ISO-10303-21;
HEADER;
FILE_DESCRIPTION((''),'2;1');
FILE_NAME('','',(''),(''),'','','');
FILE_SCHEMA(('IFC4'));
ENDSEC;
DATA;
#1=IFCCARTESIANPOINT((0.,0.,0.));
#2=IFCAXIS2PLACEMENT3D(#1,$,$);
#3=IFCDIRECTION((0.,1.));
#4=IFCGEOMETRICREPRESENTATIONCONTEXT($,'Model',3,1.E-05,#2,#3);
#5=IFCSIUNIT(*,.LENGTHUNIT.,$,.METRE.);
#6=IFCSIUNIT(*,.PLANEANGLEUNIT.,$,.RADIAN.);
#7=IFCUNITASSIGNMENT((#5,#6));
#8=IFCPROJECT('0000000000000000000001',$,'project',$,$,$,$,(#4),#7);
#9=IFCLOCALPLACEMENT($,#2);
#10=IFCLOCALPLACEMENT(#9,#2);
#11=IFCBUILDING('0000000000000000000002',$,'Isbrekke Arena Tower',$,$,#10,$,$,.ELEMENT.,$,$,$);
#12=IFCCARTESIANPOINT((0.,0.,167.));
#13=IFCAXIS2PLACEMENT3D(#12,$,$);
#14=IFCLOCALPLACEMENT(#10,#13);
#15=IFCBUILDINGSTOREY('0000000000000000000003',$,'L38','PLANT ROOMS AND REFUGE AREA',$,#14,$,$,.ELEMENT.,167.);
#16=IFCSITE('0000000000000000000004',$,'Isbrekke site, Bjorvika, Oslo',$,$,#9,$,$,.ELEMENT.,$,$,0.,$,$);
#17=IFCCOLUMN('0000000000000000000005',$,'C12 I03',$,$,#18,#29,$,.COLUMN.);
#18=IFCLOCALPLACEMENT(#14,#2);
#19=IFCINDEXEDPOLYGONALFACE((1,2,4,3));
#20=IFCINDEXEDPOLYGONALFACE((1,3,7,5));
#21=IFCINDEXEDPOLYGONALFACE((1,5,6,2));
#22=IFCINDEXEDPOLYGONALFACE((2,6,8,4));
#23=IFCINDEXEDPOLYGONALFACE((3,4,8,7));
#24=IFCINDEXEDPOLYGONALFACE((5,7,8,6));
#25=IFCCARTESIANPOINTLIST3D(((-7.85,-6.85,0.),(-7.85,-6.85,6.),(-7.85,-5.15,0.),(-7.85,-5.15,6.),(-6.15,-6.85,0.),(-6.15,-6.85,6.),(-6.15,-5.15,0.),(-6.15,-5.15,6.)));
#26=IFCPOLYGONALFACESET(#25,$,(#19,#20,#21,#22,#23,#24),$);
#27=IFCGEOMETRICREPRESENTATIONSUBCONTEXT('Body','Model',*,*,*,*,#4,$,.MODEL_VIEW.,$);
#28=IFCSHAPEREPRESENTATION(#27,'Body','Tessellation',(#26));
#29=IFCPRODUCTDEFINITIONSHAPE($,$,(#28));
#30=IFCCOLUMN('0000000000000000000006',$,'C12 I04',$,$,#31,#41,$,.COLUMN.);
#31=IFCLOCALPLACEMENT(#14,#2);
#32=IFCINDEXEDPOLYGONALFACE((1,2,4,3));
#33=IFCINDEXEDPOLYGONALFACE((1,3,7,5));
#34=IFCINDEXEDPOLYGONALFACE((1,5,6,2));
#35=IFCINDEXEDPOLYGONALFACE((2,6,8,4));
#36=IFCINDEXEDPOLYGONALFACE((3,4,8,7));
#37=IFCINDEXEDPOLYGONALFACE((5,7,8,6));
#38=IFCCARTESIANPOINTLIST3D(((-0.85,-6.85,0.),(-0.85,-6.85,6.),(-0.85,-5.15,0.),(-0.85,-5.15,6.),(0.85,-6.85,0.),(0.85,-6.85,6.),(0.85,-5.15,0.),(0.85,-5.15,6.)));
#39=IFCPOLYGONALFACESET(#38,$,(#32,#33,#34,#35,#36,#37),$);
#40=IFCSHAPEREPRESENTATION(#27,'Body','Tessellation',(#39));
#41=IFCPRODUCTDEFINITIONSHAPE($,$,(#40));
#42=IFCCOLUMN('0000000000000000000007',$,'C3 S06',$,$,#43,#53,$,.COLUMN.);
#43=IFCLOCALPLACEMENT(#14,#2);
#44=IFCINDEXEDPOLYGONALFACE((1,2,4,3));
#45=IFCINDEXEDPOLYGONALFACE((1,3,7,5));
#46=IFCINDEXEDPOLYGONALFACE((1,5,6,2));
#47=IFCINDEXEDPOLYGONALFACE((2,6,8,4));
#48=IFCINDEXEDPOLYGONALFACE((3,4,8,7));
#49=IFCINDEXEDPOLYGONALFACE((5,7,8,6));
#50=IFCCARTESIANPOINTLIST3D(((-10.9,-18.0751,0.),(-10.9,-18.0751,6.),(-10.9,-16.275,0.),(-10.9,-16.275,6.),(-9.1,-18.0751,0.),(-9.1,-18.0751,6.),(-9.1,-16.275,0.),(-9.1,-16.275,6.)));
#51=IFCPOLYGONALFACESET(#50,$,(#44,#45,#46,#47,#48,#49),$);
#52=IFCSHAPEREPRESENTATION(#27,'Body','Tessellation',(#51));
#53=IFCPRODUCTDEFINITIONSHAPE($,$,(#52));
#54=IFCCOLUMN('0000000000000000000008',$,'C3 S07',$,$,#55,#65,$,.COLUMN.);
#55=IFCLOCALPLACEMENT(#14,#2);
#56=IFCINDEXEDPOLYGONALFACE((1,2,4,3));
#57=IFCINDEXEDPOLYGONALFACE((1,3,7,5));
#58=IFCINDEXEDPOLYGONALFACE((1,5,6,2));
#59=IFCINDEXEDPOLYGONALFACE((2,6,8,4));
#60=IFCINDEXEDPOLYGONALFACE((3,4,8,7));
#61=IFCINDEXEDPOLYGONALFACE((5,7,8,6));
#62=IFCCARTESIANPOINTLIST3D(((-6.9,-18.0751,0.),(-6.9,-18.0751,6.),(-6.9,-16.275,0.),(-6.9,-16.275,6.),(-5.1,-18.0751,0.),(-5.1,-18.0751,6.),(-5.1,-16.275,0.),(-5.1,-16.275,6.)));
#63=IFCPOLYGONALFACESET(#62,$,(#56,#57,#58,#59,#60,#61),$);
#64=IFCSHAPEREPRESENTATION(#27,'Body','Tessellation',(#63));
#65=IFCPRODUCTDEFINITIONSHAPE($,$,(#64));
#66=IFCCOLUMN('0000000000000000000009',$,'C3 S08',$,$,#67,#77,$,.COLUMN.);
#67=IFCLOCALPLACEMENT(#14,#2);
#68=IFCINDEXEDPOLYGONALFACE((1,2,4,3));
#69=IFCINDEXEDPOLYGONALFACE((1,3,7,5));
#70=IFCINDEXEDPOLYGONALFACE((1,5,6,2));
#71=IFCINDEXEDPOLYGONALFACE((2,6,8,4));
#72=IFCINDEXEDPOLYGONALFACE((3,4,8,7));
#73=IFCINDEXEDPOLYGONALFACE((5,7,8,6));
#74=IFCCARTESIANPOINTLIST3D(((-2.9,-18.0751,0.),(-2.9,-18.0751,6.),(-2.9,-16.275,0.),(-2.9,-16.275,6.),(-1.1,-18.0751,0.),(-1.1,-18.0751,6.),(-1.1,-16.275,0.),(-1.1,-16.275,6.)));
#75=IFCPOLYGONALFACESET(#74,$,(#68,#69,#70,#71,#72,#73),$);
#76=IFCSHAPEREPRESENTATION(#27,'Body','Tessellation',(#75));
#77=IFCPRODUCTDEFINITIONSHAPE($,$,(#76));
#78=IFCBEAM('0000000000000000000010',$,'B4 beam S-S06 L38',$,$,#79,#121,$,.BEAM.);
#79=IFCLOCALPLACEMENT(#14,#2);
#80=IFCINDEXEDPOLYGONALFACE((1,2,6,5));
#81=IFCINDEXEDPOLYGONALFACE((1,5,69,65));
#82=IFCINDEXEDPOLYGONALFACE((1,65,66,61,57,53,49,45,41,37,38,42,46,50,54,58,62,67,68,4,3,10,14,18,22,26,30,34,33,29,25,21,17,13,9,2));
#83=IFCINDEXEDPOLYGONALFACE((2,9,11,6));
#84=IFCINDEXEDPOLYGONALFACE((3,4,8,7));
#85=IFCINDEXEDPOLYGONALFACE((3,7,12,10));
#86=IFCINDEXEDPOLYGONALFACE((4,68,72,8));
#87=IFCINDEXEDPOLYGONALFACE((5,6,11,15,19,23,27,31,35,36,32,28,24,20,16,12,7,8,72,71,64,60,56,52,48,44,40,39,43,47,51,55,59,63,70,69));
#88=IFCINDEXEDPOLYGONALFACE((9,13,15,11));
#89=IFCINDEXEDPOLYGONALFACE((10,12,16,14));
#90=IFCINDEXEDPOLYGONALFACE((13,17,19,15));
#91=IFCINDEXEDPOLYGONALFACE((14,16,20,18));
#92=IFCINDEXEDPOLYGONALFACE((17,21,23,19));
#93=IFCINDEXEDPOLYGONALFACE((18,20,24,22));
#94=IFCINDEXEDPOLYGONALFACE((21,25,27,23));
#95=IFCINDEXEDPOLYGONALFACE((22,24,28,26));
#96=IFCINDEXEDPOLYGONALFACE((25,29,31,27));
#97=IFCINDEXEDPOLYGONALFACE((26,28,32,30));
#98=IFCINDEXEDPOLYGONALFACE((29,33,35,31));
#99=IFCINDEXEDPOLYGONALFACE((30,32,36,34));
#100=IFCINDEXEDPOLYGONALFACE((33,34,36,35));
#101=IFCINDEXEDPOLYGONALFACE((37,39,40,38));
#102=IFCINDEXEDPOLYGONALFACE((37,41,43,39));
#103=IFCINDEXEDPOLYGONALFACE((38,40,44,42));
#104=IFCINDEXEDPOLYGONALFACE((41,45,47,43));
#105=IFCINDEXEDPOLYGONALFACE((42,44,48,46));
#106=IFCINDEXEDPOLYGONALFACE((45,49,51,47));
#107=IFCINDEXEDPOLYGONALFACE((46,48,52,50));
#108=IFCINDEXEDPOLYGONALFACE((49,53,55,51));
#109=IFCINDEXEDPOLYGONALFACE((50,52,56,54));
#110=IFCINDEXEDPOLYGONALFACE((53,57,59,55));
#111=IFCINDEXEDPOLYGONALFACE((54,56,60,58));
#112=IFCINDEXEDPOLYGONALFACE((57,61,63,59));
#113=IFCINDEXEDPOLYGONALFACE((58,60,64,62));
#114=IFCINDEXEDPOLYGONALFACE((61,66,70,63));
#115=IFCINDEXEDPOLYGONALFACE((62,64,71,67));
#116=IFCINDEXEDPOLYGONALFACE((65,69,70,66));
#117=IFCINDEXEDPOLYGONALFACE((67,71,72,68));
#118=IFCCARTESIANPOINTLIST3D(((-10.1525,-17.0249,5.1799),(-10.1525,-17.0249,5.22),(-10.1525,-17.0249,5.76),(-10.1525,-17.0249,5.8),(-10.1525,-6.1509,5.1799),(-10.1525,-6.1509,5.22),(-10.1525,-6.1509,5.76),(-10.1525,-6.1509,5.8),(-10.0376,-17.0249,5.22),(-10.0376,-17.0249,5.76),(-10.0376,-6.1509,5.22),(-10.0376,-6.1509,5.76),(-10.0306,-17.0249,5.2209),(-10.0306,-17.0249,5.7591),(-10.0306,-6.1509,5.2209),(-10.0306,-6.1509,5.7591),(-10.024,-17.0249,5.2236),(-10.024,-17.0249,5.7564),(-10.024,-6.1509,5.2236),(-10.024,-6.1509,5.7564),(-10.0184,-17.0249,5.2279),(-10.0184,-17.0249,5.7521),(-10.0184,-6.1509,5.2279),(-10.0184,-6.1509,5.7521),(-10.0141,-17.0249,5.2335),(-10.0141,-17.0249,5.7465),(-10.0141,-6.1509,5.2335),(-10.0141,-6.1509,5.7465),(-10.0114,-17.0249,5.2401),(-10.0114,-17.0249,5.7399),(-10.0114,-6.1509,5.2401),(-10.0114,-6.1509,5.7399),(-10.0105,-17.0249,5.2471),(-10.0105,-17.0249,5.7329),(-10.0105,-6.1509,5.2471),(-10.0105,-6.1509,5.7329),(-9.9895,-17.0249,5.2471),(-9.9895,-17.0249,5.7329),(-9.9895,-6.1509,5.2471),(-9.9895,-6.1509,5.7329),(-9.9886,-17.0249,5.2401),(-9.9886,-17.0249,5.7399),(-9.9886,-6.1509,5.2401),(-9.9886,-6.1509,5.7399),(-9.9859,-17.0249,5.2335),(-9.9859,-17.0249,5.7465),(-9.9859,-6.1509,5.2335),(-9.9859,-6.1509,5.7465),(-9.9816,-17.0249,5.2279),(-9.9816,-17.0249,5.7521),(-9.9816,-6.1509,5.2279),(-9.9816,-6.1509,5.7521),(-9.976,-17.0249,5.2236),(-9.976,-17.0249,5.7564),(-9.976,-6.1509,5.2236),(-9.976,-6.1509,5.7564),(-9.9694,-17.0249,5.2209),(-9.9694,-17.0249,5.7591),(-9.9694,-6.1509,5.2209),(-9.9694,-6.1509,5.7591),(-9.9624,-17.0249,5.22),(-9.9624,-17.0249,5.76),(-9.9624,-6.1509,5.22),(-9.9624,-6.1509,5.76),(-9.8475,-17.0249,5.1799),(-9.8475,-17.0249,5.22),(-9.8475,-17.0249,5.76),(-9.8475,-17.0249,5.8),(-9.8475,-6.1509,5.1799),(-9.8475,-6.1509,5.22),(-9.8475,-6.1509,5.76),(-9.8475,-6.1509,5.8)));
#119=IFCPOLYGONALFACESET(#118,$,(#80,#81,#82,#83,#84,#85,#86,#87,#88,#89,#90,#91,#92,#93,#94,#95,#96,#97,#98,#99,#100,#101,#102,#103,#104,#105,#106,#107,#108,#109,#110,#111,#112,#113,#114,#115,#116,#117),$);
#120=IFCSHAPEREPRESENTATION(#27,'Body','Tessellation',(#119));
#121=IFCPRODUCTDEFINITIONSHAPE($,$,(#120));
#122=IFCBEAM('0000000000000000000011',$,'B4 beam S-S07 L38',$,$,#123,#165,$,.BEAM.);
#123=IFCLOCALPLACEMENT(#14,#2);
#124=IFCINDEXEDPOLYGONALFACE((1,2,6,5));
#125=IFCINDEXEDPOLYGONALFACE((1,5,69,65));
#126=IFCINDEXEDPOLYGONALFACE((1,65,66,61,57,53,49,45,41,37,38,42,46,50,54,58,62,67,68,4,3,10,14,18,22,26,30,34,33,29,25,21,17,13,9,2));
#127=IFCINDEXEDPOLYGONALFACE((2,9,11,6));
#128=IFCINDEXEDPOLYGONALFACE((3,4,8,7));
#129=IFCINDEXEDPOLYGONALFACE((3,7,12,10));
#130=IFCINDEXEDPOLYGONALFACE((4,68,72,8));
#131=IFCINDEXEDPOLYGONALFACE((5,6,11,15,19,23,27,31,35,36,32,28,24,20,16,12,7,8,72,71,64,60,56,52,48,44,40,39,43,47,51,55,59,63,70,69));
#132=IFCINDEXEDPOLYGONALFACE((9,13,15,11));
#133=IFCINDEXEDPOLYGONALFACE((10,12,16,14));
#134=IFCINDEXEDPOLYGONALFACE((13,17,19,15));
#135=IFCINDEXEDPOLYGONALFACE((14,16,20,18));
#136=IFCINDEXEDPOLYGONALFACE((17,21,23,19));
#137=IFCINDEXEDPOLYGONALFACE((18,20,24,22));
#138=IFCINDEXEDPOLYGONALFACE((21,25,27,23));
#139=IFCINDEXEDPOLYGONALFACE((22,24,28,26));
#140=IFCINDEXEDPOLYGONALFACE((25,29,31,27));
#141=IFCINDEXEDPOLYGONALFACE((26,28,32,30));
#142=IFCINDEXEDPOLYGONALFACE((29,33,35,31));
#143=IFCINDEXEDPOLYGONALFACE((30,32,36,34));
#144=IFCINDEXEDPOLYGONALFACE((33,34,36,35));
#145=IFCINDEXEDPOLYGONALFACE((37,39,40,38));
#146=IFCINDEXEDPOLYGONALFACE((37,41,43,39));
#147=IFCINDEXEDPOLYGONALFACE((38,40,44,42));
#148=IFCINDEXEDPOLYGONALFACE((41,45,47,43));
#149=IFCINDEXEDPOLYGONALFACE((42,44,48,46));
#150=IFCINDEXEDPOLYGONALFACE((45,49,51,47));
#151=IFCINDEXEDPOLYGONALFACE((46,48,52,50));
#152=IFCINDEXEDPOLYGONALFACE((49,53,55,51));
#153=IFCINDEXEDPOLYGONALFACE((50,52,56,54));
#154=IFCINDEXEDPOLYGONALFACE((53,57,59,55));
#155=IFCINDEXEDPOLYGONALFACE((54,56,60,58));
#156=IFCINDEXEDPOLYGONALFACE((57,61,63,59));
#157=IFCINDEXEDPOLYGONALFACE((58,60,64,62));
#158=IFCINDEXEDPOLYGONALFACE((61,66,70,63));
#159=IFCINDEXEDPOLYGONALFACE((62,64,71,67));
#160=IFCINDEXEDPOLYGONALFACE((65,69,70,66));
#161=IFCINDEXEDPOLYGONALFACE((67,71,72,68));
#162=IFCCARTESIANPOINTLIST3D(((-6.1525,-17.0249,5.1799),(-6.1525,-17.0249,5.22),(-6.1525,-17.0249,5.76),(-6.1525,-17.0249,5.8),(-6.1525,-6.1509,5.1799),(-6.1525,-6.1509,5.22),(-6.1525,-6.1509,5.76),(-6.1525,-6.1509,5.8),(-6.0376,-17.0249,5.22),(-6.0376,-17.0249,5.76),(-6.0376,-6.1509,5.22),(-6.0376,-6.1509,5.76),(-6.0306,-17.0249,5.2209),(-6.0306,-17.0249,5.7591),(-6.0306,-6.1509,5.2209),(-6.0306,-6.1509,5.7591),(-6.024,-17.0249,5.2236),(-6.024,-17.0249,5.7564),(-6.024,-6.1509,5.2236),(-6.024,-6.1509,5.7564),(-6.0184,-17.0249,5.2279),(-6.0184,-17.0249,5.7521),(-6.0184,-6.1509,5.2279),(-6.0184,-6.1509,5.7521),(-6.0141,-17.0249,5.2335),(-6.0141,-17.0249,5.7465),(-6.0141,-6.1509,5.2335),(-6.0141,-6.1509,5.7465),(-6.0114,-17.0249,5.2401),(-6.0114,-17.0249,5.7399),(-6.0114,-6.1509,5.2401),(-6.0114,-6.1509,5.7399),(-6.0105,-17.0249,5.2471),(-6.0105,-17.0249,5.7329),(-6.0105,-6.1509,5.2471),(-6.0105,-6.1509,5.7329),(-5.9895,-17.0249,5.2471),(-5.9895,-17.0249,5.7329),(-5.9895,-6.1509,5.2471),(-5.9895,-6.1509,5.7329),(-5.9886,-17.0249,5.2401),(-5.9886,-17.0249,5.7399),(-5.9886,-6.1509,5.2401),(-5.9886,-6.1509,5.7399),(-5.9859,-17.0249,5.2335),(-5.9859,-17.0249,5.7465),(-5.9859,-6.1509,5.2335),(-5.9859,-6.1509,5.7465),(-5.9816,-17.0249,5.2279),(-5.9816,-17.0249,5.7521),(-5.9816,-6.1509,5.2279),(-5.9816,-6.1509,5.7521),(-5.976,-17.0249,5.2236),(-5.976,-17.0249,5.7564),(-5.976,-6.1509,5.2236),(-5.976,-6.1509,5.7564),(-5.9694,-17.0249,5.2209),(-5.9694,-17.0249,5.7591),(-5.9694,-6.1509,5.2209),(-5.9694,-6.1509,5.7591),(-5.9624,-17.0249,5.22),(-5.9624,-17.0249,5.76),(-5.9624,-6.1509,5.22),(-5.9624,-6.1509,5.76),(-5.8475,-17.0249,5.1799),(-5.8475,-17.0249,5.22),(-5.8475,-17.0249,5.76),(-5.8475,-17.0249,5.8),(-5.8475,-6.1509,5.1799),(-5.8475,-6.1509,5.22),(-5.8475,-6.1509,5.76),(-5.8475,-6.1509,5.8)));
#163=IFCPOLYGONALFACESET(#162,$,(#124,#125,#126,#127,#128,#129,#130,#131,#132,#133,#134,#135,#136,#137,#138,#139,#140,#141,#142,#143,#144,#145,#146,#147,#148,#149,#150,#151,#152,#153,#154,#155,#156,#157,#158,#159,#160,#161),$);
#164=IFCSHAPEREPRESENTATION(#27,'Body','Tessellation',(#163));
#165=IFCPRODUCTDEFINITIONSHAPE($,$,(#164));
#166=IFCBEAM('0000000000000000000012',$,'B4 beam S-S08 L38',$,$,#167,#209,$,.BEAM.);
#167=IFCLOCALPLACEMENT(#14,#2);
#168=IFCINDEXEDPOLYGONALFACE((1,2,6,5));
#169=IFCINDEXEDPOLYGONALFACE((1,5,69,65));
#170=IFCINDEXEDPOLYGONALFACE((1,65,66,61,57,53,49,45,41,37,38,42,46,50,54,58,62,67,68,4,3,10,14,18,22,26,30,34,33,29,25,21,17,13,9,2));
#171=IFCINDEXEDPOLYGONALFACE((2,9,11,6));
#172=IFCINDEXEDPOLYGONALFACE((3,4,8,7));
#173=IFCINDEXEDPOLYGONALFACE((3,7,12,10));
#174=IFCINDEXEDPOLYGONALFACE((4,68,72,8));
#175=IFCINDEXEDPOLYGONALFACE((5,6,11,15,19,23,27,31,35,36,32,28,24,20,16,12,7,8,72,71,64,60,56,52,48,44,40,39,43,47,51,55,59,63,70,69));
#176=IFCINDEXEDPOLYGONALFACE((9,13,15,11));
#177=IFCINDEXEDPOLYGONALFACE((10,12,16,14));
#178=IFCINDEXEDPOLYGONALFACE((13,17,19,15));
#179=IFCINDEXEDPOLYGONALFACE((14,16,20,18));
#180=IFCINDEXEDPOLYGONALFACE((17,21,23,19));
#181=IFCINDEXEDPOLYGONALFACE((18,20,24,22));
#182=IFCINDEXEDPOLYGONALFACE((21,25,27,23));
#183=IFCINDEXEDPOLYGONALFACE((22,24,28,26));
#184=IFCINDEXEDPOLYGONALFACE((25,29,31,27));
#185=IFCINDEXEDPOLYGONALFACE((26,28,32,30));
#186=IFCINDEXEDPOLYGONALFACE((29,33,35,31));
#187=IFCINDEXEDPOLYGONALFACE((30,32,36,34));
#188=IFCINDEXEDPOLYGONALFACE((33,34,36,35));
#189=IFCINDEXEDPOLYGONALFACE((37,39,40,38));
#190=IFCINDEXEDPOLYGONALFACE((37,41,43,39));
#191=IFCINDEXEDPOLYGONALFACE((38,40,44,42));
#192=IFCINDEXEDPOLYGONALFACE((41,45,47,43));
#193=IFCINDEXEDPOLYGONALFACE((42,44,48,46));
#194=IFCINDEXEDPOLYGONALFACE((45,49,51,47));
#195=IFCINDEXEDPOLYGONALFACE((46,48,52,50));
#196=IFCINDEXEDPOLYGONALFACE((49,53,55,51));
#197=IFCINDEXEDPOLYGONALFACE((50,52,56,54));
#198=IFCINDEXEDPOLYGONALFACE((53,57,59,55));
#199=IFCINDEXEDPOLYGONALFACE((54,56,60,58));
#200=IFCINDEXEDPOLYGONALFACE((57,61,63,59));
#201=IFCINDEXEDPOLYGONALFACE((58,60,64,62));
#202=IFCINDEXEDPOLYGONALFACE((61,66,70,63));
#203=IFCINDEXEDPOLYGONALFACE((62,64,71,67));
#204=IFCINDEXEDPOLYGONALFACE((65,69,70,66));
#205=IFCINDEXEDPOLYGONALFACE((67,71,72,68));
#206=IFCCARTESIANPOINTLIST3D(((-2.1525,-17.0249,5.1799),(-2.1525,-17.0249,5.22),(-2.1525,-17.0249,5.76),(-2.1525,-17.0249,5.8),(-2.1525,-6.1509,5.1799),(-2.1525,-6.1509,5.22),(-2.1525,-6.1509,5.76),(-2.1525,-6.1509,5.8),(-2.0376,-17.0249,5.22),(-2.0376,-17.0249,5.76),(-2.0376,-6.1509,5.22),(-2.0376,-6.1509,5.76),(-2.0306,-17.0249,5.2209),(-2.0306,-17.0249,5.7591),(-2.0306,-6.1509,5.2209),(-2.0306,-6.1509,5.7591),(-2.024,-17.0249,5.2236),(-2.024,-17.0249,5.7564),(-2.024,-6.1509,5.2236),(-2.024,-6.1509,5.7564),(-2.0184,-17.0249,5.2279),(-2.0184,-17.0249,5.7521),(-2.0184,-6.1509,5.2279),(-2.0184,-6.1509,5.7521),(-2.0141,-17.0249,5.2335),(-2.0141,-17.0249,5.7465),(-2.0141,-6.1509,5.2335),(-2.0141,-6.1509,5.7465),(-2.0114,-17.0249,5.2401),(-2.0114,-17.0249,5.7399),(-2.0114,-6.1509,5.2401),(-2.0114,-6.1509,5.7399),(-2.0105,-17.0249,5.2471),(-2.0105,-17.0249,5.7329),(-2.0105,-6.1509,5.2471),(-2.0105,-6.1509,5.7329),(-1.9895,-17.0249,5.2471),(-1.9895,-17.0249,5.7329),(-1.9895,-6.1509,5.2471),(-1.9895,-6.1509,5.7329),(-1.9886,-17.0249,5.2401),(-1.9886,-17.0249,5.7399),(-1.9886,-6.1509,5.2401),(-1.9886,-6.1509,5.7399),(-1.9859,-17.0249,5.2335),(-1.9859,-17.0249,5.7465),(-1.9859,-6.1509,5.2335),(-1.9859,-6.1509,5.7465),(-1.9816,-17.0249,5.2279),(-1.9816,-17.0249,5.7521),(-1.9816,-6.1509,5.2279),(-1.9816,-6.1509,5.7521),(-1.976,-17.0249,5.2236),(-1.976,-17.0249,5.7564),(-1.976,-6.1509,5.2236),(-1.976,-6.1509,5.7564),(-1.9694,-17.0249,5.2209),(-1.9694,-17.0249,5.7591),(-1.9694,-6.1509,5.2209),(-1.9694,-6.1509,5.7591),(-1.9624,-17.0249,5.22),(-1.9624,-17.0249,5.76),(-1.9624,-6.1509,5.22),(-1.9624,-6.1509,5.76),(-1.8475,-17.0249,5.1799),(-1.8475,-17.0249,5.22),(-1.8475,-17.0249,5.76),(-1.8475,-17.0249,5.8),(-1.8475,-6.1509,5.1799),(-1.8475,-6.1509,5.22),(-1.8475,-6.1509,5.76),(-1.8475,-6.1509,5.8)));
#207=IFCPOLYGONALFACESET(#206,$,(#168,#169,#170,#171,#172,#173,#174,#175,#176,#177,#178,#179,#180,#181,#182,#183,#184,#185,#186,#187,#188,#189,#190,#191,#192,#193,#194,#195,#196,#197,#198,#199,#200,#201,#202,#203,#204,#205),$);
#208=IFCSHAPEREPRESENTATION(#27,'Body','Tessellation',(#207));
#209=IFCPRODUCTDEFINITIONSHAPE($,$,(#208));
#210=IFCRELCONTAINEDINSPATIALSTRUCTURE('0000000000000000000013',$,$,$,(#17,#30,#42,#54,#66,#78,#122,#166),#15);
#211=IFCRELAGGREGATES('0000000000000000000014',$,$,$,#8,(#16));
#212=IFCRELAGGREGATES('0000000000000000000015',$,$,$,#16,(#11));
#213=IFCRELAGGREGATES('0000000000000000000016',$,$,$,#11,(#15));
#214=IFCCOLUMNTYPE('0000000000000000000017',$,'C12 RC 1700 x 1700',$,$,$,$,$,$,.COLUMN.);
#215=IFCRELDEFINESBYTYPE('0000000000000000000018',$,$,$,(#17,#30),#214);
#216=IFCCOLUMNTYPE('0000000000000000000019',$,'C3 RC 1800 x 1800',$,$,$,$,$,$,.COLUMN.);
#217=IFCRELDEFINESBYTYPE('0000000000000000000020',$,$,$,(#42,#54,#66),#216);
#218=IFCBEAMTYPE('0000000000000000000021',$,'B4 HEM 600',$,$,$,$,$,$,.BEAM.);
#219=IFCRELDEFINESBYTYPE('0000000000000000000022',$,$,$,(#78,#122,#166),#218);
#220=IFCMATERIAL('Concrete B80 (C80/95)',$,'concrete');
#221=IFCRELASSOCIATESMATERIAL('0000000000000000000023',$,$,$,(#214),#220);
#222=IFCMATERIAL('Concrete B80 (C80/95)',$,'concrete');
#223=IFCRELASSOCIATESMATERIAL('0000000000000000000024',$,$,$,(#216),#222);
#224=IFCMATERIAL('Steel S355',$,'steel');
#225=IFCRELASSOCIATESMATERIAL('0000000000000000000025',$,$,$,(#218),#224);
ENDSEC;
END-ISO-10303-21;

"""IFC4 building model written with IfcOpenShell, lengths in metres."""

from ifc_helpers import new_model, si_unit, direction, frame, origin, origin_2d, place, context, subcontext, project, spatial, rectangle, i_section, extrude, material, material_profile, profile_set, type_object, element, save


model = new_model("IFC4")

# Units and contexts
model_context = context("Model", 3, precision=1e-05, world=origin(), true_north=direction((0.0, 1.0)))
body_context = subcontext(model_context, "Body", "Model", "MODEL_VIEW")
ifc_project = project(units=[si_unit("LENGTHUNIT", "METRE"), si_unit("PLANEANGLEUNIT", "RADIAN")], contexts=[model_context])

# Site, building, storey
site_placement = place(None, origin())
site = spatial("IfcSite", under=ifc_project, at=site_placement, Name="Isbrekke site, Bjorvika, Oslo", CompositionType="ELEMENT", RefElevation=0.0)
building_placement = place(site_placement, origin())
building = spatial("IfcBuilding", under=site, at=building_placement, Name="Isbrekke Arena Tower", CompositionType="ELEMENT")
storey_placement = place(building_placement, frame((0.0, 0.0, 167.0)))
storey = spatial("IfcBuildingStorey", under=building, at=storey_placement, Name="L38", Description="PLANT ROOMS AND REFUGE AREA", CompositionType="ELEMENT", Elevation=167.0)

# Columns
ifc_material_1 = material(Name="Concrete B80 (C80/95)", Category="concrete")
ifc_material_profile_1 = material_profile(ifc_material_1, rectangle(XDim=1.7, YDim=1.7, at=origin_2d()), Name="RC 1700x1700")
ifc_profile_set_1 = profile_set([ifc_material_profile_1], Name="Concrete B80 (C80/95)")
column_type_1 = type_object("IfcColumnType", Name="C12 RC 1700 x 1700", PredefinedType="COLUMN", material=ifc_profile_set_1)
for number, where, z_axis, x_axis, name in (
    (1, (-7.0, -6.0, 0.0), (0.0, 0.0, 1.0), (1.0, 0.0, 0.0), "C12 I03"),
    (2, (0.0, -6.0, 0.0), (0.0, 0.0, 1.0), (1.0, 0.0, 0.0), "C12 I04"),
):
    element("IfcColumn", number, at=place(storey_placement, frame(where, z_axis=z_axis, x_axis=x_axis)), inside=storey, type_object=column_type_1, Name=name, PredefinedType="COLUMN", context=body_context, shape_type="SweptSolid", body=[
        extrude(rectangle(XDim=1.7, YDim=1.7, at=origin_2d()), origin(), (0.0, 0.0, 1.0), 6.0),
    ])
ifc_material_2 = material(Name="Concrete B80 (C80/95)", Category="concrete")
ifc_material_profile_2 = material_profile(ifc_material_2, rectangle(XDim=1.8, YDim=1.8, at=origin_2d()), Name="RC 1800x1800")
ifc_profile_set_2 = profile_set([ifc_material_profile_2], Name="Concrete B80 (C80/95)")
column_type_2 = type_object("IfcColumnType", Name="C3 RC 1800 x 1800", PredefinedType="COLUMN", material=ifc_profile_set_2)
for number, where, z_axis, x_axis, name in (
    (3, (-10.0, -17.175, 0.0), (0.0, 0.0, 1.0), (1.0, 0.0, 0.0), "C3 S06"),
    (4, (-6.0, -17.175, 0.0), (0.0, 0.0, 1.0), (1.0, 0.0, 0.0), "C3 S07"),
    (5, (-2.0, -17.175, 0.0), (0.0, 0.0, 1.0), (1.0, 0.0, 0.0), "C3 S08"),
):
    element("IfcColumn", number, at=place(storey_placement, frame(where, z_axis=z_axis, x_axis=x_axis)), inside=storey, type_object=column_type_2, Name=name, PredefinedType="COLUMN", context=body_context, shape_type="SweptSolid", body=[
        extrude(rectangle(XDim=1.8, YDim=1.8, at=origin_2d()), origin(), (0.0, 0.0, 1.0), 6.0),
    ])

# Beams
ifc_material_3 = material(Name="Steel S355", Category="steel")
ifc_material_profile_3 = material_profile(ifc_material_3, i_section(OverallWidth=0.3049, OverallDepth=0.6201, WebThickness=0.021, FlangeThickness=0.04, FilletRadius=0.0271, at=origin_2d()), Name="HEM 600")
ifc_profile_set_3 = profile_set([ifc_material_profile_3], Name="Steel S355")
beam_type_1 = type_object("IfcBeamType", Name="B4 HEM 600", PredefinedType="BEAM", material=ifc_profile_set_3)
for number, where, z_axis, x_axis, name in (
    (6, (-10.0, -17.0249, 5.49), (0.0, 1.0, 0.0), (-1.0, 0.0, 0.0), "B4 beam S-S06 L38"),
    (7, (-6.0, -17.0249, 5.49), (0.0, 1.0, 0.0), (-1.0, 0.0, 0.0), "B4 beam S-S07 L38"),
    (8, (-2.0, -17.0249, 5.49), (0.0, 1.0, 0.0), (-1.0, 0.0, 0.0), "B4 beam S-S08 L38"),
):
    element("IfcBeam", number, at=place(storey_placement, frame(where, z_axis=z_axis, x_axis=x_axis)), inside=storey, type_object=beam_type_1, Name=name, PredefinedType="BEAM", context=body_context, shape_type="SweptSolid", body=[
        extrude(i_section(OverallWidth=0.3049, OverallDepth=0.6201, WebThickness=0.021, FlangeThickness=0.04, FilletRadius=0.0271, at=origin_2d()), origin(), (0.0, 0.0, 1.0), 10.874),
    ])

save(model, "model.ifc")
